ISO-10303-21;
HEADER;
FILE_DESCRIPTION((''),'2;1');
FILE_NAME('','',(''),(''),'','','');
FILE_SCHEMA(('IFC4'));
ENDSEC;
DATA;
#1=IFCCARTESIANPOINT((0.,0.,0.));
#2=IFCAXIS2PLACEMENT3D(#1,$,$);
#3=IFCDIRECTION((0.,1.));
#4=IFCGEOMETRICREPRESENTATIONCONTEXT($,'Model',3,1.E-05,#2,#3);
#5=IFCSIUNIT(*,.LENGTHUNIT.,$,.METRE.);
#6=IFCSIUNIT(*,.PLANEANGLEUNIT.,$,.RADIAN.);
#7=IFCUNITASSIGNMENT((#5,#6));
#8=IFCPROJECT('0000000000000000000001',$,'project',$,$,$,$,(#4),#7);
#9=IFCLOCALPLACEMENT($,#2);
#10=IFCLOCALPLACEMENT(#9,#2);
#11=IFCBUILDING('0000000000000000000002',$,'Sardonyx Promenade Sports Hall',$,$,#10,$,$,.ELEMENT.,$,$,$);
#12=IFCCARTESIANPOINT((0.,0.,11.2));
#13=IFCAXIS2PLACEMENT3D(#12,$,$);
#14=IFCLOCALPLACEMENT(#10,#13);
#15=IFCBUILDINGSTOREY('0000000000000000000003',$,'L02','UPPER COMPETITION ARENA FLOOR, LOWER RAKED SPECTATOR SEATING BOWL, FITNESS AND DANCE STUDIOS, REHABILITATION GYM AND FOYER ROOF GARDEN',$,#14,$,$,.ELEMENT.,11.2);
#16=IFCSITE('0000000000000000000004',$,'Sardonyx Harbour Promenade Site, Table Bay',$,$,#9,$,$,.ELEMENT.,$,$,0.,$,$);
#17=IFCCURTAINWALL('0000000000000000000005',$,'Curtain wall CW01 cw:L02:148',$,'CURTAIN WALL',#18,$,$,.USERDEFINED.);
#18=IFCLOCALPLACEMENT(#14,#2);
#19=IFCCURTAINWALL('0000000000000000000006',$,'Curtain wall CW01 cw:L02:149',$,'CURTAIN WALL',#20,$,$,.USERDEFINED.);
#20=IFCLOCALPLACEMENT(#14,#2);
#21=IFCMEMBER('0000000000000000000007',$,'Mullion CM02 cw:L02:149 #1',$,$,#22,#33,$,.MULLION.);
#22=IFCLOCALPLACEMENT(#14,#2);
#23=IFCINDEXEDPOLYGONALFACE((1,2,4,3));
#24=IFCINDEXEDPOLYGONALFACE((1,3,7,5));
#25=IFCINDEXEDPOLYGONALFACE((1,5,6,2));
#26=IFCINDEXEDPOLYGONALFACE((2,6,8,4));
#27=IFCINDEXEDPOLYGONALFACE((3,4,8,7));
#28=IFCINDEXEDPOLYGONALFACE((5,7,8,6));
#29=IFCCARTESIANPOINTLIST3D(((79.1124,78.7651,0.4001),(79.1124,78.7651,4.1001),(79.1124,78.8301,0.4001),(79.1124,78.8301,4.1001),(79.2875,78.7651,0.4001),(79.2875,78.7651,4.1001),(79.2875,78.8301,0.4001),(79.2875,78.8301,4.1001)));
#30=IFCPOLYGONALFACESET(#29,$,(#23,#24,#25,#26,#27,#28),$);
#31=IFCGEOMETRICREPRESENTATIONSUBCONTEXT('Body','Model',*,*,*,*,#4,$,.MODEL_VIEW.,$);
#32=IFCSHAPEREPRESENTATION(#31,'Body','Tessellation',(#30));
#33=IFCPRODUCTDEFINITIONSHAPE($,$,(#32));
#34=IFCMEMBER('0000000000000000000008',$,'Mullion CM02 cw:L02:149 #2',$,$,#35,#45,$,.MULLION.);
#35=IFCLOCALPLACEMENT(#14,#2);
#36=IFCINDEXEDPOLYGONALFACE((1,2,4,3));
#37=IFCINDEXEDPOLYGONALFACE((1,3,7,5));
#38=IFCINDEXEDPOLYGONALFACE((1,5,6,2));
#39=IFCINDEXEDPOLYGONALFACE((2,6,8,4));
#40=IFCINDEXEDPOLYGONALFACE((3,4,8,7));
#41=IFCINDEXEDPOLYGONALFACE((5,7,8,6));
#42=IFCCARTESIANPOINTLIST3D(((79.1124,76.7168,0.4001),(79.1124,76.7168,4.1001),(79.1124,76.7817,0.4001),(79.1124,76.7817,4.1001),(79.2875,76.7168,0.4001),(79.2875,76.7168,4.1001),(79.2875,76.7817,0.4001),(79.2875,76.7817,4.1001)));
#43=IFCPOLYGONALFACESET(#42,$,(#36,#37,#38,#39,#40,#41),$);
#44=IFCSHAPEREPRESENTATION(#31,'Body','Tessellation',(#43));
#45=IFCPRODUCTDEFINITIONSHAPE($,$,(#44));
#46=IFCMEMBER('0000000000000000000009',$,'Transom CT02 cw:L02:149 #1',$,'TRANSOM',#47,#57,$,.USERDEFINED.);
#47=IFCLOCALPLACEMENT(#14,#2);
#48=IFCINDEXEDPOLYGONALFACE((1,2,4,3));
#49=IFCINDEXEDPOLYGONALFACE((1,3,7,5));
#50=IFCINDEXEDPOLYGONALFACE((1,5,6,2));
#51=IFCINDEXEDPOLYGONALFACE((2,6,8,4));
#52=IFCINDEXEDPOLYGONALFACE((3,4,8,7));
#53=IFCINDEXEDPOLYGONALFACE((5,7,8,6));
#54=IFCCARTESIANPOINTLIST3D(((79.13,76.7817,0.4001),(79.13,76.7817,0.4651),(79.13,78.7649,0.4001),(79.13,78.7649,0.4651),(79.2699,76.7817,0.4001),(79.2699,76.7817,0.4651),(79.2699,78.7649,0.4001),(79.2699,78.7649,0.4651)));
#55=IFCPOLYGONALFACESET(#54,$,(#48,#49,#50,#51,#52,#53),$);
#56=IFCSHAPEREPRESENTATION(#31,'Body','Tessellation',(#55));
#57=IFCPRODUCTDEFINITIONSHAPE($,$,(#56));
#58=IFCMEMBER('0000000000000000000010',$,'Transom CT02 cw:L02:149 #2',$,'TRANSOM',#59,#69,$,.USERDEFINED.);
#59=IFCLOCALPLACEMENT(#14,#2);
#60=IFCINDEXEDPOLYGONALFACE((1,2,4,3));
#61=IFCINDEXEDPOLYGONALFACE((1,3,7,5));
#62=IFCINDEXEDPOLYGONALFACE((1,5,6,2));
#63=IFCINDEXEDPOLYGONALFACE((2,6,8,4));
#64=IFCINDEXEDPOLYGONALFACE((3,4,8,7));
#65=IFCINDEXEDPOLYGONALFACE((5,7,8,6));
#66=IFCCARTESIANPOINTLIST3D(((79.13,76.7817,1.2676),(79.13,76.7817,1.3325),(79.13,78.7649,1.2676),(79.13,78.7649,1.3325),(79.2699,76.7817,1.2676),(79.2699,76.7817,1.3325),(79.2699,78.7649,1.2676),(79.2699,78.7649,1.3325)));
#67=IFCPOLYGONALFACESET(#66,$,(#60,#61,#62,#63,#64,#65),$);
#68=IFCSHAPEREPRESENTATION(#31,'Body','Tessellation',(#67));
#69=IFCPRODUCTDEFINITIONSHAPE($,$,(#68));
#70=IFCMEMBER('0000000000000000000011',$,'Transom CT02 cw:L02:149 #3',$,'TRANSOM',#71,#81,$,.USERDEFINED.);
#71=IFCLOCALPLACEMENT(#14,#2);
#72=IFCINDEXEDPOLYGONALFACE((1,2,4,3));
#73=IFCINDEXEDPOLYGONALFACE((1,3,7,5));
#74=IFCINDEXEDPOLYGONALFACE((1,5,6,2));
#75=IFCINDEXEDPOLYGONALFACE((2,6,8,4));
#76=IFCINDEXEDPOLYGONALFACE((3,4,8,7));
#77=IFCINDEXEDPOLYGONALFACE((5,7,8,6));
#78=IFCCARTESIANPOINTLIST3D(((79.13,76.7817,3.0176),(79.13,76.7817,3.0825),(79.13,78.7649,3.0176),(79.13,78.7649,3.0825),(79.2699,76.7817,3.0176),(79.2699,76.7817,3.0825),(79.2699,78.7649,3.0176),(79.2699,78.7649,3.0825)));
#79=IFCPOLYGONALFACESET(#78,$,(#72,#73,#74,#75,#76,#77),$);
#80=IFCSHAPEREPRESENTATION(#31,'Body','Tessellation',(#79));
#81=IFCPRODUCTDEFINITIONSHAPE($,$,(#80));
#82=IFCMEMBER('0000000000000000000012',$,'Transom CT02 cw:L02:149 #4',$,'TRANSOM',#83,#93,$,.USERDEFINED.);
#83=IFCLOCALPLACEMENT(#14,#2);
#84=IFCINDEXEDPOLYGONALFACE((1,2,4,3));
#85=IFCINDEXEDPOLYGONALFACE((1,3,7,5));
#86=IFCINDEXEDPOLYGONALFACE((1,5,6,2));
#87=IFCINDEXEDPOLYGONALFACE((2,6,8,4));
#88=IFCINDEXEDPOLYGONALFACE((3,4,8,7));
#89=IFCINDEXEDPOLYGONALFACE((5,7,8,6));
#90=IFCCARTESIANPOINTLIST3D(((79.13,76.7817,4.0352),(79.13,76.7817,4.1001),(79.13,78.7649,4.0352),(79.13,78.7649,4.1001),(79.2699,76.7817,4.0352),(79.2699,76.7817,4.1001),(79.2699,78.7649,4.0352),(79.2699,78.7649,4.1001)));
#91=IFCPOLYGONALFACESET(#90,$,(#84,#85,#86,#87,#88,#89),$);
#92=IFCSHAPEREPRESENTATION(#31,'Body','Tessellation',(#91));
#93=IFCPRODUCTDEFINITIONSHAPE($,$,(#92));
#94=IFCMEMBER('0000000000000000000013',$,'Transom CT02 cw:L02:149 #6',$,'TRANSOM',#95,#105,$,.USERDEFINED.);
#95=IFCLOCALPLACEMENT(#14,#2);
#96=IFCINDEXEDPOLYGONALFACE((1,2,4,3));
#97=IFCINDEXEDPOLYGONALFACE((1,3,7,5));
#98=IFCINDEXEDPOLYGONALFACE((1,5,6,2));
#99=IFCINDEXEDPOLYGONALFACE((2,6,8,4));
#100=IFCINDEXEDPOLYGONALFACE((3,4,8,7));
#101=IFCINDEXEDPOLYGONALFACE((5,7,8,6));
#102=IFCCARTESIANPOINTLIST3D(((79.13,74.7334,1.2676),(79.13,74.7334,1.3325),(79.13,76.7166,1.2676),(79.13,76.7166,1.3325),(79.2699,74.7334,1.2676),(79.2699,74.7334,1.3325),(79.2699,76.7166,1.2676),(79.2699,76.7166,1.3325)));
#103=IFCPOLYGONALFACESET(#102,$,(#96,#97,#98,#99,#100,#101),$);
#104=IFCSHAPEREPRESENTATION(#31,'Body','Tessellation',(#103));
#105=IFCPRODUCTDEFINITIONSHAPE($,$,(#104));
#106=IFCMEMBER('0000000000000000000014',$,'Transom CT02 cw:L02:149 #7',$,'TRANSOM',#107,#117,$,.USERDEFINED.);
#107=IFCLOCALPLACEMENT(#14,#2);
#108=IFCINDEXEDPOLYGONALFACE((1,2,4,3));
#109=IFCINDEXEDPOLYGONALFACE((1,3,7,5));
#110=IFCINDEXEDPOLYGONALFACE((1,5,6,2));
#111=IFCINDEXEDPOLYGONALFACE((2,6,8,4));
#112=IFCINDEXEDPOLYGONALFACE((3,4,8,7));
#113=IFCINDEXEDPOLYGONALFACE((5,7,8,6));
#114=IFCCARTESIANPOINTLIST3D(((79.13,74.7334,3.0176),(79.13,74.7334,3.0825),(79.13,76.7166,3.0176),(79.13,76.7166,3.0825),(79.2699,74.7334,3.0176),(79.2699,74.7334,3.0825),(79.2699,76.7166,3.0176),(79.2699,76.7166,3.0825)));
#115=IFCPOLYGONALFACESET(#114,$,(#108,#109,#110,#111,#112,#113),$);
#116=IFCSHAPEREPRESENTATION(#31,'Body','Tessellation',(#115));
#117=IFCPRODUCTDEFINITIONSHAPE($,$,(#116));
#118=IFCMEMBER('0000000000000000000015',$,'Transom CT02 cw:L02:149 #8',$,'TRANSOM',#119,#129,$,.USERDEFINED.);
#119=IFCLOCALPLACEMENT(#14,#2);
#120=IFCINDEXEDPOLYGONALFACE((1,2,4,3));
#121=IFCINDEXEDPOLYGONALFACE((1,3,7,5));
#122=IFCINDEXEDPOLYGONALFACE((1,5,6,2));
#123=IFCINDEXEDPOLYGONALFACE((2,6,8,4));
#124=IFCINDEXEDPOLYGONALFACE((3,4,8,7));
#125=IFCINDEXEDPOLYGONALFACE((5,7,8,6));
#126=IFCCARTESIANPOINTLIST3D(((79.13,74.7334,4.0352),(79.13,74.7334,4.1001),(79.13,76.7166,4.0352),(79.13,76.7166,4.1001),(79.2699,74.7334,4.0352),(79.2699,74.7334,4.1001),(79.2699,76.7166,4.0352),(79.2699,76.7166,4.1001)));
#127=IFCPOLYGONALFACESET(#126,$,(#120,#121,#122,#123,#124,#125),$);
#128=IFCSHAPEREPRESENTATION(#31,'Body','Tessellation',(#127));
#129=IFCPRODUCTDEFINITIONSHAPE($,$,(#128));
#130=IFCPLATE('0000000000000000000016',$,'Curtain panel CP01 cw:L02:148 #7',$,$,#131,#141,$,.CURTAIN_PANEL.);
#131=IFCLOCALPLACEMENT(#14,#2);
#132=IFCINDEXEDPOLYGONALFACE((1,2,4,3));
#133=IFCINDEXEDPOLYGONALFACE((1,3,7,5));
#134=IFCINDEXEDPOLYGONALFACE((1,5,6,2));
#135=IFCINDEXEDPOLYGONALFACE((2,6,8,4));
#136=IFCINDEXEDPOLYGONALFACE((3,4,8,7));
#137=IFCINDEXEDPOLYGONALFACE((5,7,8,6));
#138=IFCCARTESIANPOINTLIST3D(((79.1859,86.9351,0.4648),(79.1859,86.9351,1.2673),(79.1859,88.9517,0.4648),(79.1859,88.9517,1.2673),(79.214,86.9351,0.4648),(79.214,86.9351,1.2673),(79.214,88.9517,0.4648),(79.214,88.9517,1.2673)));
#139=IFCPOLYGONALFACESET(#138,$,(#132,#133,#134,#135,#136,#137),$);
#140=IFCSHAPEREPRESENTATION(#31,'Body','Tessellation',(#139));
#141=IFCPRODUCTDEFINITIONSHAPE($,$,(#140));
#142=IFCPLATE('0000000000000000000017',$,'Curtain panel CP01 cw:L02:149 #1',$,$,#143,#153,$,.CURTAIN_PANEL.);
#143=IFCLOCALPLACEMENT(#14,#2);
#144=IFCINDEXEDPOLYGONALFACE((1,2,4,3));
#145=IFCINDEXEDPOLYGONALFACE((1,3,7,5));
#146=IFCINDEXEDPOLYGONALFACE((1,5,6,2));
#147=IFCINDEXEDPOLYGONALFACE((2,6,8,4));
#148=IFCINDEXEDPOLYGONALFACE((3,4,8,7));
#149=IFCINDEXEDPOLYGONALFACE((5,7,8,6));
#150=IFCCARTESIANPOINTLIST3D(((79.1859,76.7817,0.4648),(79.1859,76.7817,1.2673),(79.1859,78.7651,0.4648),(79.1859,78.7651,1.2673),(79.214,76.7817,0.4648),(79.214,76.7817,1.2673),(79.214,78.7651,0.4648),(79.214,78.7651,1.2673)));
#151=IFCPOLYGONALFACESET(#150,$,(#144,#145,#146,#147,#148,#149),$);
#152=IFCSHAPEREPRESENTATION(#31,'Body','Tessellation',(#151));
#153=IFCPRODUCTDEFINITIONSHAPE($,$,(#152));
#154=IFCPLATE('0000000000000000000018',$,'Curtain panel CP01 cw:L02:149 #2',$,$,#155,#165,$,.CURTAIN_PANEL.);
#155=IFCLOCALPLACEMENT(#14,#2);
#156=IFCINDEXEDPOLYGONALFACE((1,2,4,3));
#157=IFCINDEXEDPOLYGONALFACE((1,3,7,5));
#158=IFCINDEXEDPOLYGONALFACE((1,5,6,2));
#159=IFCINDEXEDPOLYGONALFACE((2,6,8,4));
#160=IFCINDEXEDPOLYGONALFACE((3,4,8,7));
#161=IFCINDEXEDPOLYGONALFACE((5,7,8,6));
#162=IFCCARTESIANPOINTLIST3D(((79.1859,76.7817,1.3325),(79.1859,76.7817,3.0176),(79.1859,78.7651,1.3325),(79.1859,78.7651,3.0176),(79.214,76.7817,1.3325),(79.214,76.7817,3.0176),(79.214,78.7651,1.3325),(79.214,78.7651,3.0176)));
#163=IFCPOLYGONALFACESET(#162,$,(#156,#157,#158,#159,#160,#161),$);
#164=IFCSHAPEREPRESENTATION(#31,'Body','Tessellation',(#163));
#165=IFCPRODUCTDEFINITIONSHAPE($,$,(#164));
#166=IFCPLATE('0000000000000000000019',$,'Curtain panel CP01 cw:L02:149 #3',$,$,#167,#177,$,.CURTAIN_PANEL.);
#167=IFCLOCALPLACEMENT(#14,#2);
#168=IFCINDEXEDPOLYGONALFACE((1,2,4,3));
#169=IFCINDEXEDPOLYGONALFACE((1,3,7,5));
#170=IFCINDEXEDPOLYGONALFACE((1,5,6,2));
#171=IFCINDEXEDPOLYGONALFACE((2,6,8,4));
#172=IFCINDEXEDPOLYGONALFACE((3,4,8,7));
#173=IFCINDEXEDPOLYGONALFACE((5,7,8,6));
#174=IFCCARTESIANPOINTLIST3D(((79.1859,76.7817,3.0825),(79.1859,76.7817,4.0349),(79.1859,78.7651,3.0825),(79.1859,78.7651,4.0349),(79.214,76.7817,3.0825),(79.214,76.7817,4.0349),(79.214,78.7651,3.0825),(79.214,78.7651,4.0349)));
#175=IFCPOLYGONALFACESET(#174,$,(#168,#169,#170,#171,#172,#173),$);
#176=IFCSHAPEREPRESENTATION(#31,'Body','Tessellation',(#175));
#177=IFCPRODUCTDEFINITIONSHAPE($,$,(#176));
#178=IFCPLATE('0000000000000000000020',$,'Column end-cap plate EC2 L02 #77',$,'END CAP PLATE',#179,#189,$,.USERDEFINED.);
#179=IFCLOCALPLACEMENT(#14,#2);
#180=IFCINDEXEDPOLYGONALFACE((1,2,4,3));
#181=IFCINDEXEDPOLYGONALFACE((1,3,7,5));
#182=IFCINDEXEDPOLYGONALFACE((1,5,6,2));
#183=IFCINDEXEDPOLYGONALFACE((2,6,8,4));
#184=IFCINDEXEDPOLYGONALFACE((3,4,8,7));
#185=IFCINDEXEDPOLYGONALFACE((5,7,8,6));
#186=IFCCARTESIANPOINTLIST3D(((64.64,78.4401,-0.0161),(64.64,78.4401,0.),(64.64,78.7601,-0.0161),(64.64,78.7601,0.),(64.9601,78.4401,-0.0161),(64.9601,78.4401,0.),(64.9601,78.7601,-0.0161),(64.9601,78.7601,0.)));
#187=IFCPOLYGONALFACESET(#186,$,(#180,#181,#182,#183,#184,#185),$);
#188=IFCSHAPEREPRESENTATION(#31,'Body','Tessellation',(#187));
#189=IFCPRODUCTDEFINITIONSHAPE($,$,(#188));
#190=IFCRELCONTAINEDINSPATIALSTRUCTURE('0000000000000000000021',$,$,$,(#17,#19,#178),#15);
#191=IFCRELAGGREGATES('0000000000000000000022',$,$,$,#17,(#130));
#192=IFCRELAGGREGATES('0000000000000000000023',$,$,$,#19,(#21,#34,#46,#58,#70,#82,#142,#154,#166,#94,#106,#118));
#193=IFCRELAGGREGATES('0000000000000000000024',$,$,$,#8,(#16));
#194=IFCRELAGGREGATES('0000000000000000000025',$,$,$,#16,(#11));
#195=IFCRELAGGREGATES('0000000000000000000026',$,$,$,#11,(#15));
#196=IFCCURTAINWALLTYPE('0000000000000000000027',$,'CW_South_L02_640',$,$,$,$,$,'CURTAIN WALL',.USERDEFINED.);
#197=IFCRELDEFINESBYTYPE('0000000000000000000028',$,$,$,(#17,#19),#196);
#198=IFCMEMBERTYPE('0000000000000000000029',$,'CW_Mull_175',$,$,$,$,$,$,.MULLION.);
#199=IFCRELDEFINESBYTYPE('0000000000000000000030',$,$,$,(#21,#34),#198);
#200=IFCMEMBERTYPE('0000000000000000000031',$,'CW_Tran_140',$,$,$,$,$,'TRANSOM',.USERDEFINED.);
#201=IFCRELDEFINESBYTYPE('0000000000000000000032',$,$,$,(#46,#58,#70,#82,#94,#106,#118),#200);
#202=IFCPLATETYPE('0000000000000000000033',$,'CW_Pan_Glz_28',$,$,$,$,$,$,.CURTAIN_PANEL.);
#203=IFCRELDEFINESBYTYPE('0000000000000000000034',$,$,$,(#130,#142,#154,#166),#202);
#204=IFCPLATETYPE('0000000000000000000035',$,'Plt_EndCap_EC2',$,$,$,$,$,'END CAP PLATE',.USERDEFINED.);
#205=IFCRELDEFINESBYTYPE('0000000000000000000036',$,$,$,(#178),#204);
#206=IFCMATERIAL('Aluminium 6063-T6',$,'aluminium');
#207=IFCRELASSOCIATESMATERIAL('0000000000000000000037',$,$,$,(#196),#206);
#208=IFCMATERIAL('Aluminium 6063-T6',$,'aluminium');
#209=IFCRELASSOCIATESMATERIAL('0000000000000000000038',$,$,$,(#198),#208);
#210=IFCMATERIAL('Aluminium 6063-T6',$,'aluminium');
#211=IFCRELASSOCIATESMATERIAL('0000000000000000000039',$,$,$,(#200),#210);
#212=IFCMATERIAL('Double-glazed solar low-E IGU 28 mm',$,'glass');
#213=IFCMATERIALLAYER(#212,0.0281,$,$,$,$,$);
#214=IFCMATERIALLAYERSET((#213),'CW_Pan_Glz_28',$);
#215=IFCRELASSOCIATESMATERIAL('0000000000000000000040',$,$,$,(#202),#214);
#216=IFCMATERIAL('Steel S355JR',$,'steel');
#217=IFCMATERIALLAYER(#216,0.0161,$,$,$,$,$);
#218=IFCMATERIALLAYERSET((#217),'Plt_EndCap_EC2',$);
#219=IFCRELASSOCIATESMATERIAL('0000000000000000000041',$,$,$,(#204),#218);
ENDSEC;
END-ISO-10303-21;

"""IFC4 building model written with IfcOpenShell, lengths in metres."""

from ifc_helpers import new_model, si_unit, direction, frame, origin, origin_2d, place, context, subcontext, project, spatial, rectangle, extrude, material, layer, layer_set, material_profile, profile_set, type_object, element, aggregate, save


model = new_model("IFC4")

# Units and contexts
model_context = context("Model", 3, precision=1e-05, world=origin(), true_north=direction((0.0, 1.0)))
body_context = subcontext(model_context, "Body", "Model", "MODEL_VIEW")
ifc_project = project(units=[si_unit("LENGTHUNIT", "METRE"), si_unit("PLANEANGLEUNIT", "RADIAN")], contexts=[model_context])

# Site, building, storey
site_placement = place(None, origin())
site = spatial("IfcSite", under=ifc_project, at=site_placement, Name="Sardonyx Harbour Promenade Site, Table Bay", CompositionType="ELEMENT", RefElevation=0.0)
building_placement = place(site_placement, origin())
building = spatial("IfcBuilding", under=site, at=building_placement, Name="Sardonyx Promenade Sports Hall", CompositionType="ELEMENT")
storey_placement = place(building_placement, frame((0.0, 0.0, 11.2)))
storey = spatial("IfcBuildingStorey", under=building, at=storey_placement, Name="L02", Description="UPPER COMPETITION ARENA FLOOR, LOWER RAKED SPECTATOR SEATING BOWL, FITNESS AND DANCE STUDIOS, REHABILITATION GYM AND FOYER ROOF GARDEN", CompositionType="ELEMENT", Elevation=11.2)

# Curtain wall
ifc_material_1 = material(Name="Aluminium 6063-T6", Category="aluminium")
curtain_wall_type = type_object("IfcCurtainWallType", Name="CW_South_L02_640", ElementType="CURTAIN WALL", PredefinedType="USERDEFINED", material=ifc_material_1)
curtain_wall_1_placement = place(storey_placement, origin())
curtain_wall_1 = element("IfcCurtainWall", 1, at=curtain_wall_1_placement, inside=storey, type_object=curtain_wall_type, Name="Curtain wall CW01 cw:L02:148", ObjectType="CURTAIN WALL", PredefinedType="USERDEFINED")
ifc_material_2 = material(Name="Aluminium 6063-T6", Category="aluminium")
ifc_material_profile_1 = material_profile(ifc_material_2, rectangle(XDim=0.0649, YDim=0.175, at=origin_2d()))
ifc_profile_set_1 = profile_set([ifc_material_profile_1], Name="Aluminium 6063-T6")
member_type_1 = type_object("IfcMemberType", Name="CW_Mull_175", PredefinedType="MULLION", material=ifc_profile_set_1)

# Curtain wall, members
curtain_wall_2_placement = place(storey_placement, origin())
curtain_wall_2 = element("IfcCurtainWall", 2, at=curtain_wall_2_placement, inside=storey, type_object=curtain_wall_type, Name="Curtain wall CW01 cw:L02:149", ObjectType="CURTAIN WALL", PredefinedType="USERDEFINED")
member_1_placement = place(storey_placement, frame((79.2, 78.7976, 0.4001), z_axis=(0.0, 0.0, 1.0), x_axis=(0.0, -1.0, 0.0)))
member_1 = element("IfcMember", 3, at=member_1_placement, type_object=member_type_1, Name="Mullion CM02 cw:L02:149 #1", PredefinedType="MULLION", context=body_context, shape_type="SweptSolid", body=[
    extrude(rectangle(XDim=0.0649, YDim=0.175, at=origin_2d()), origin(), (0.0, 0.0, 1.0), 3.7),
])
member_2_placement = place(storey_placement, frame((79.2, 76.7493, 0.4001), z_axis=(0.0, 0.0, 1.0), x_axis=(0.0, -1.0, 0.0)))
member_2 = element("IfcMember", 4, at=member_2_placement, type_object=member_type_1, Name="Mullion CM02 cw:L02:149 #2", PredefinedType="MULLION", context=body_context, shape_type="SweptSolid", body=[
    extrude(rectangle(XDim=0.0649, YDim=0.175, at=origin_2d()), origin(), (0.0, 0.0, 1.0), 3.7),
])
ifc_material_3 = material(Name="Aluminium 6063-T6", Category="aluminium")
ifc_material_profile_2 = material_profile(ifc_material_3, rectangle(XDim=0.0649, YDim=0.1399, at=origin_2d()))
ifc_profile_set_2 = profile_set([ifc_material_profile_2], Name="Aluminium 6063-T6")
member_type_2 = type_object("IfcMemberType", Name="CW_Tran_140", ElementType="TRANSOM", PredefinedType="USERDEFINED", material=ifc_profile_set_2)
member_3_placement = place(storey_placement, frame((79.2, 78.7649, 0.4326), z_axis=(0.0, -1.0, 0.0), x_axis=(0.0, 0.0, 1.0)))
member_3 = element("IfcMember", 5, at=member_3_placement, type_object=member_type_2, Name="Transom CT02 cw:L02:149 #1", ObjectType="TRANSOM", PredefinedType="USERDEFINED", context=body_context, shape_type="SweptSolid", body=[
    extrude(rectangle(XDim=0.0649, YDim=0.1399, at=origin_2d()), origin(), (0.0, 0.0, 1.0), 1.9832),
])
member_4_placement = place(storey_placement, frame((79.2, 78.7649, 1.3), z_axis=(0.0, -1.0, 0.0), x_axis=(0.0, 0.0, 1.0)))
member_4 = element("IfcMember", 6, at=member_4_placement, type_object=member_type_2, Name="Transom CT02 cw:L02:149 #2", ObjectType="TRANSOM", PredefinedType="USERDEFINED", context=body_context, shape_type="SweptSolid", body=[
    extrude(rectangle(XDim=0.0649, YDim=0.1399, at=origin_2d()), origin(), (0.0, 0.0, 1.0), 1.9832),
])
member_5_placement = place(storey_placement, frame((79.2, 78.7649, 3.05), z_axis=(0.0, -1.0, 0.0), x_axis=(0.0, 0.0, 1.0)))
member_5 = element("IfcMember", 7, at=member_5_placement, type_object=member_type_2, Name="Transom CT02 cw:L02:149 #3", ObjectType="TRANSOM", PredefinedType="USERDEFINED", context=body_context, shape_type="SweptSolid", body=[
    extrude(rectangle(XDim=0.0649, YDim=0.1399, at=origin_2d()), origin(), (0.0, 0.0, 1.0), 1.9832),
])
member_6_placement = place(storey_placement, frame((79.2, 78.7649, 4.0676), z_axis=(0.0, -1.0, 0.0), x_axis=(0.0, 0.0, 1.0)))
member_6 = element("IfcMember", 8, at=member_6_placement, type_object=member_type_2, Name="Transom CT02 cw:L02:149 #4", ObjectType="TRANSOM", PredefinedType="USERDEFINED", context=body_context, shape_type="SweptSolid", body=[
    extrude(rectangle(XDim=0.0649, YDim=0.1399, at=origin_2d()), origin(), (0.0, 0.0, 1.0), 1.9832),
])
member_7_placement = place(storey_placement, frame((79.2, 76.7166, 1.3), z_axis=(0.0, -1.0, 0.0), x_axis=(0.0, 0.0, 1.0)))
member_7 = element("IfcMember", 9, at=member_7_placement, type_object=member_type_2, Name="Transom CT02 cw:L02:149 #6", ObjectType="TRANSOM", PredefinedType="USERDEFINED", context=body_context, shape_type="SweptSolid", body=[
    extrude(rectangle(XDim=0.0649, YDim=0.1399, at=origin_2d()), origin(), (0.0, 0.0, 1.0), 1.9832),
])
member_8_placement = place(storey_placement, frame((79.2, 76.7166, 3.05), z_axis=(0.0, -1.0, 0.0), x_axis=(0.0, 0.0, 1.0)))
member_8 = element("IfcMember", 10, at=member_8_placement, type_object=member_type_2, Name="Transom CT02 cw:L02:149 #7", ObjectType="TRANSOM", PredefinedType="USERDEFINED", context=body_context, shape_type="SweptSolid", body=[
    extrude(rectangle(XDim=0.0649, YDim=0.1399, at=origin_2d()), origin(), (0.0, 0.0, 1.0), 1.9832),
])
member_9_placement = place(storey_placement, frame((79.2, 76.7166, 4.0676), z_axis=(0.0, -1.0, 0.0), x_axis=(0.0, 0.0, 1.0)))
member_9 = element("IfcMember", 11, at=member_9_placement, type_object=member_type_2, Name="Transom CT02 cw:L02:149 #8", ObjectType="TRANSOM", PredefinedType="USERDEFINED", context=body_context, shape_type="SweptSolid", body=[
    extrude(rectangle(XDim=0.0649, YDim=0.1399, at=origin_2d()), origin(), (0.0, 0.0, 1.0), 1.9832),
])

# Plates
ifc_material_4 = material(Name="Double-glazed solar low-E IGU 28 mm", Category="glass")
ifc_layer_1 = layer(ifc_material_4, 0.0281)
ifc_layer_set_1 = layer_set([ifc_layer_1], Name="CW_Pan_Glz_28")
plate_type_1 = type_object("IfcPlateType", Name="CW_Pan_Glz_28", PredefinedType="CURTAIN_PANEL", material=ifc_layer_set_1)
plate_1_placement = place(storey_placement, frame((79.2, 87.9434, 0.4648), z_axis=(0.0, 0.0, 1.0), x_axis=(0.0, -1.0, 0.0)))
plate_1 = element("IfcPlate", 12, at=plate_1_placement, type_object=plate_type_1, Name="Curtain panel CP01 cw:L02:148 #7", PredefinedType="CURTAIN_PANEL", context=body_context, shape_type="SweptSolid", body=[
    extrude(rectangle(XDim=2.0166, YDim=0.0281, at=origin_2d()), origin(), (0.0, 0.0, 1.0), 0.8025),
])
aggregate(curtain_wall_1, [plate_1])
plate_2_placement = place(storey_placement, frame((79.2, 77.7734, 0.4648), z_axis=(0.0, 0.0, 1.0), x_axis=(0.0, -1.0, 0.0)))
plate_2 = element("IfcPlate", 13, at=plate_2_placement, type_object=plate_type_1, Name="Curtain panel CP01 cw:L02:149 #1", PredefinedType="CURTAIN_PANEL", context=body_context, shape_type="SweptSolid", body=[
    extrude(rectangle(XDim=1.9834, YDim=0.0281, at=origin_2d()), origin(), (0.0, 0.0, 1.0), 0.8025),
])
plate_3_placement = place(storey_placement, frame((79.2, 77.7734, 1.3325), z_axis=(0.0, 0.0, 1.0), x_axis=(0.0, -1.0, 0.0)))
plate_3 = element("IfcPlate", 14, at=plate_3_placement, type_object=plate_type_1, Name="Curtain panel CP01 cw:L02:149 #2", PredefinedType="CURTAIN_PANEL", context=body_context, shape_type="SweptSolid", body=[
    extrude(rectangle(XDim=1.9834, YDim=0.0281, at=origin_2d()), origin(), (0.0, 0.0, 1.0), 1.6851),
])
plate_4_placement = place(storey_placement, frame((79.2, 77.7734, 3.0825), z_axis=(0.0, 0.0, 1.0), x_axis=(0.0, -1.0, 0.0)))
plate_4 = element("IfcPlate", 15, at=plate_4_placement, type_object=plate_type_1, Name="Curtain panel CP01 cw:L02:149 #3", PredefinedType="CURTAIN_PANEL", context=body_context, shape_type="SweptSolid", body=[
    extrude(rectangle(XDim=1.9834, YDim=0.0281, at=origin_2d()), origin(), (0.0, 0.0, 1.0), 0.9524),
])
aggregate(curtain_wall_2, [member_1, member_2, member_3, member_4, member_5, member_6, plate_2, plate_3, plate_4, member_7, member_8, member_9])

# Plate
ifc_material_5 = material(Name="Steel S355JR", Category="steel")
ifc_layer_2 = layer(ifc_material_5, 0.0161)
ifc_layer_set_2 = layer_set([ifc_layer_2], Name="Plt_EndCap_EC2")
plate_type_2 = type_object("IfcPlateType", Name="Plt_EndCap_EC2", ElementType="END CAP PLATE", PredefinedType="USERDEFINED", material=ifc_layer_set_2)
for number, where, z_axis, x_axis, name in (
    (16, (64.8, 78.6001, -0.0161), (0.0, 0.0, 1.0), (1.0, 0.0, 0.0), "Column end-cap plate EC2 L02 #77"),
):
    element("IfcPlate", number, at=place(storey_placement, frame(where, z_axis=z_axis, x_axis=x_axis)), inside=storey, type_object=plate_type_2, Name=name, ObjectType="END CAP PLATE", PredefinedType="USERDEFINED", context=body_context, shape_type="SweptSolid", body=[
        extrude(rectangle(XDim=0.3201, YDim=0.3201, at=origin_2d()), origin(), (0.0, 0.0, 1.0), 0.0161),
    ])

save(model, "model.ifc")
